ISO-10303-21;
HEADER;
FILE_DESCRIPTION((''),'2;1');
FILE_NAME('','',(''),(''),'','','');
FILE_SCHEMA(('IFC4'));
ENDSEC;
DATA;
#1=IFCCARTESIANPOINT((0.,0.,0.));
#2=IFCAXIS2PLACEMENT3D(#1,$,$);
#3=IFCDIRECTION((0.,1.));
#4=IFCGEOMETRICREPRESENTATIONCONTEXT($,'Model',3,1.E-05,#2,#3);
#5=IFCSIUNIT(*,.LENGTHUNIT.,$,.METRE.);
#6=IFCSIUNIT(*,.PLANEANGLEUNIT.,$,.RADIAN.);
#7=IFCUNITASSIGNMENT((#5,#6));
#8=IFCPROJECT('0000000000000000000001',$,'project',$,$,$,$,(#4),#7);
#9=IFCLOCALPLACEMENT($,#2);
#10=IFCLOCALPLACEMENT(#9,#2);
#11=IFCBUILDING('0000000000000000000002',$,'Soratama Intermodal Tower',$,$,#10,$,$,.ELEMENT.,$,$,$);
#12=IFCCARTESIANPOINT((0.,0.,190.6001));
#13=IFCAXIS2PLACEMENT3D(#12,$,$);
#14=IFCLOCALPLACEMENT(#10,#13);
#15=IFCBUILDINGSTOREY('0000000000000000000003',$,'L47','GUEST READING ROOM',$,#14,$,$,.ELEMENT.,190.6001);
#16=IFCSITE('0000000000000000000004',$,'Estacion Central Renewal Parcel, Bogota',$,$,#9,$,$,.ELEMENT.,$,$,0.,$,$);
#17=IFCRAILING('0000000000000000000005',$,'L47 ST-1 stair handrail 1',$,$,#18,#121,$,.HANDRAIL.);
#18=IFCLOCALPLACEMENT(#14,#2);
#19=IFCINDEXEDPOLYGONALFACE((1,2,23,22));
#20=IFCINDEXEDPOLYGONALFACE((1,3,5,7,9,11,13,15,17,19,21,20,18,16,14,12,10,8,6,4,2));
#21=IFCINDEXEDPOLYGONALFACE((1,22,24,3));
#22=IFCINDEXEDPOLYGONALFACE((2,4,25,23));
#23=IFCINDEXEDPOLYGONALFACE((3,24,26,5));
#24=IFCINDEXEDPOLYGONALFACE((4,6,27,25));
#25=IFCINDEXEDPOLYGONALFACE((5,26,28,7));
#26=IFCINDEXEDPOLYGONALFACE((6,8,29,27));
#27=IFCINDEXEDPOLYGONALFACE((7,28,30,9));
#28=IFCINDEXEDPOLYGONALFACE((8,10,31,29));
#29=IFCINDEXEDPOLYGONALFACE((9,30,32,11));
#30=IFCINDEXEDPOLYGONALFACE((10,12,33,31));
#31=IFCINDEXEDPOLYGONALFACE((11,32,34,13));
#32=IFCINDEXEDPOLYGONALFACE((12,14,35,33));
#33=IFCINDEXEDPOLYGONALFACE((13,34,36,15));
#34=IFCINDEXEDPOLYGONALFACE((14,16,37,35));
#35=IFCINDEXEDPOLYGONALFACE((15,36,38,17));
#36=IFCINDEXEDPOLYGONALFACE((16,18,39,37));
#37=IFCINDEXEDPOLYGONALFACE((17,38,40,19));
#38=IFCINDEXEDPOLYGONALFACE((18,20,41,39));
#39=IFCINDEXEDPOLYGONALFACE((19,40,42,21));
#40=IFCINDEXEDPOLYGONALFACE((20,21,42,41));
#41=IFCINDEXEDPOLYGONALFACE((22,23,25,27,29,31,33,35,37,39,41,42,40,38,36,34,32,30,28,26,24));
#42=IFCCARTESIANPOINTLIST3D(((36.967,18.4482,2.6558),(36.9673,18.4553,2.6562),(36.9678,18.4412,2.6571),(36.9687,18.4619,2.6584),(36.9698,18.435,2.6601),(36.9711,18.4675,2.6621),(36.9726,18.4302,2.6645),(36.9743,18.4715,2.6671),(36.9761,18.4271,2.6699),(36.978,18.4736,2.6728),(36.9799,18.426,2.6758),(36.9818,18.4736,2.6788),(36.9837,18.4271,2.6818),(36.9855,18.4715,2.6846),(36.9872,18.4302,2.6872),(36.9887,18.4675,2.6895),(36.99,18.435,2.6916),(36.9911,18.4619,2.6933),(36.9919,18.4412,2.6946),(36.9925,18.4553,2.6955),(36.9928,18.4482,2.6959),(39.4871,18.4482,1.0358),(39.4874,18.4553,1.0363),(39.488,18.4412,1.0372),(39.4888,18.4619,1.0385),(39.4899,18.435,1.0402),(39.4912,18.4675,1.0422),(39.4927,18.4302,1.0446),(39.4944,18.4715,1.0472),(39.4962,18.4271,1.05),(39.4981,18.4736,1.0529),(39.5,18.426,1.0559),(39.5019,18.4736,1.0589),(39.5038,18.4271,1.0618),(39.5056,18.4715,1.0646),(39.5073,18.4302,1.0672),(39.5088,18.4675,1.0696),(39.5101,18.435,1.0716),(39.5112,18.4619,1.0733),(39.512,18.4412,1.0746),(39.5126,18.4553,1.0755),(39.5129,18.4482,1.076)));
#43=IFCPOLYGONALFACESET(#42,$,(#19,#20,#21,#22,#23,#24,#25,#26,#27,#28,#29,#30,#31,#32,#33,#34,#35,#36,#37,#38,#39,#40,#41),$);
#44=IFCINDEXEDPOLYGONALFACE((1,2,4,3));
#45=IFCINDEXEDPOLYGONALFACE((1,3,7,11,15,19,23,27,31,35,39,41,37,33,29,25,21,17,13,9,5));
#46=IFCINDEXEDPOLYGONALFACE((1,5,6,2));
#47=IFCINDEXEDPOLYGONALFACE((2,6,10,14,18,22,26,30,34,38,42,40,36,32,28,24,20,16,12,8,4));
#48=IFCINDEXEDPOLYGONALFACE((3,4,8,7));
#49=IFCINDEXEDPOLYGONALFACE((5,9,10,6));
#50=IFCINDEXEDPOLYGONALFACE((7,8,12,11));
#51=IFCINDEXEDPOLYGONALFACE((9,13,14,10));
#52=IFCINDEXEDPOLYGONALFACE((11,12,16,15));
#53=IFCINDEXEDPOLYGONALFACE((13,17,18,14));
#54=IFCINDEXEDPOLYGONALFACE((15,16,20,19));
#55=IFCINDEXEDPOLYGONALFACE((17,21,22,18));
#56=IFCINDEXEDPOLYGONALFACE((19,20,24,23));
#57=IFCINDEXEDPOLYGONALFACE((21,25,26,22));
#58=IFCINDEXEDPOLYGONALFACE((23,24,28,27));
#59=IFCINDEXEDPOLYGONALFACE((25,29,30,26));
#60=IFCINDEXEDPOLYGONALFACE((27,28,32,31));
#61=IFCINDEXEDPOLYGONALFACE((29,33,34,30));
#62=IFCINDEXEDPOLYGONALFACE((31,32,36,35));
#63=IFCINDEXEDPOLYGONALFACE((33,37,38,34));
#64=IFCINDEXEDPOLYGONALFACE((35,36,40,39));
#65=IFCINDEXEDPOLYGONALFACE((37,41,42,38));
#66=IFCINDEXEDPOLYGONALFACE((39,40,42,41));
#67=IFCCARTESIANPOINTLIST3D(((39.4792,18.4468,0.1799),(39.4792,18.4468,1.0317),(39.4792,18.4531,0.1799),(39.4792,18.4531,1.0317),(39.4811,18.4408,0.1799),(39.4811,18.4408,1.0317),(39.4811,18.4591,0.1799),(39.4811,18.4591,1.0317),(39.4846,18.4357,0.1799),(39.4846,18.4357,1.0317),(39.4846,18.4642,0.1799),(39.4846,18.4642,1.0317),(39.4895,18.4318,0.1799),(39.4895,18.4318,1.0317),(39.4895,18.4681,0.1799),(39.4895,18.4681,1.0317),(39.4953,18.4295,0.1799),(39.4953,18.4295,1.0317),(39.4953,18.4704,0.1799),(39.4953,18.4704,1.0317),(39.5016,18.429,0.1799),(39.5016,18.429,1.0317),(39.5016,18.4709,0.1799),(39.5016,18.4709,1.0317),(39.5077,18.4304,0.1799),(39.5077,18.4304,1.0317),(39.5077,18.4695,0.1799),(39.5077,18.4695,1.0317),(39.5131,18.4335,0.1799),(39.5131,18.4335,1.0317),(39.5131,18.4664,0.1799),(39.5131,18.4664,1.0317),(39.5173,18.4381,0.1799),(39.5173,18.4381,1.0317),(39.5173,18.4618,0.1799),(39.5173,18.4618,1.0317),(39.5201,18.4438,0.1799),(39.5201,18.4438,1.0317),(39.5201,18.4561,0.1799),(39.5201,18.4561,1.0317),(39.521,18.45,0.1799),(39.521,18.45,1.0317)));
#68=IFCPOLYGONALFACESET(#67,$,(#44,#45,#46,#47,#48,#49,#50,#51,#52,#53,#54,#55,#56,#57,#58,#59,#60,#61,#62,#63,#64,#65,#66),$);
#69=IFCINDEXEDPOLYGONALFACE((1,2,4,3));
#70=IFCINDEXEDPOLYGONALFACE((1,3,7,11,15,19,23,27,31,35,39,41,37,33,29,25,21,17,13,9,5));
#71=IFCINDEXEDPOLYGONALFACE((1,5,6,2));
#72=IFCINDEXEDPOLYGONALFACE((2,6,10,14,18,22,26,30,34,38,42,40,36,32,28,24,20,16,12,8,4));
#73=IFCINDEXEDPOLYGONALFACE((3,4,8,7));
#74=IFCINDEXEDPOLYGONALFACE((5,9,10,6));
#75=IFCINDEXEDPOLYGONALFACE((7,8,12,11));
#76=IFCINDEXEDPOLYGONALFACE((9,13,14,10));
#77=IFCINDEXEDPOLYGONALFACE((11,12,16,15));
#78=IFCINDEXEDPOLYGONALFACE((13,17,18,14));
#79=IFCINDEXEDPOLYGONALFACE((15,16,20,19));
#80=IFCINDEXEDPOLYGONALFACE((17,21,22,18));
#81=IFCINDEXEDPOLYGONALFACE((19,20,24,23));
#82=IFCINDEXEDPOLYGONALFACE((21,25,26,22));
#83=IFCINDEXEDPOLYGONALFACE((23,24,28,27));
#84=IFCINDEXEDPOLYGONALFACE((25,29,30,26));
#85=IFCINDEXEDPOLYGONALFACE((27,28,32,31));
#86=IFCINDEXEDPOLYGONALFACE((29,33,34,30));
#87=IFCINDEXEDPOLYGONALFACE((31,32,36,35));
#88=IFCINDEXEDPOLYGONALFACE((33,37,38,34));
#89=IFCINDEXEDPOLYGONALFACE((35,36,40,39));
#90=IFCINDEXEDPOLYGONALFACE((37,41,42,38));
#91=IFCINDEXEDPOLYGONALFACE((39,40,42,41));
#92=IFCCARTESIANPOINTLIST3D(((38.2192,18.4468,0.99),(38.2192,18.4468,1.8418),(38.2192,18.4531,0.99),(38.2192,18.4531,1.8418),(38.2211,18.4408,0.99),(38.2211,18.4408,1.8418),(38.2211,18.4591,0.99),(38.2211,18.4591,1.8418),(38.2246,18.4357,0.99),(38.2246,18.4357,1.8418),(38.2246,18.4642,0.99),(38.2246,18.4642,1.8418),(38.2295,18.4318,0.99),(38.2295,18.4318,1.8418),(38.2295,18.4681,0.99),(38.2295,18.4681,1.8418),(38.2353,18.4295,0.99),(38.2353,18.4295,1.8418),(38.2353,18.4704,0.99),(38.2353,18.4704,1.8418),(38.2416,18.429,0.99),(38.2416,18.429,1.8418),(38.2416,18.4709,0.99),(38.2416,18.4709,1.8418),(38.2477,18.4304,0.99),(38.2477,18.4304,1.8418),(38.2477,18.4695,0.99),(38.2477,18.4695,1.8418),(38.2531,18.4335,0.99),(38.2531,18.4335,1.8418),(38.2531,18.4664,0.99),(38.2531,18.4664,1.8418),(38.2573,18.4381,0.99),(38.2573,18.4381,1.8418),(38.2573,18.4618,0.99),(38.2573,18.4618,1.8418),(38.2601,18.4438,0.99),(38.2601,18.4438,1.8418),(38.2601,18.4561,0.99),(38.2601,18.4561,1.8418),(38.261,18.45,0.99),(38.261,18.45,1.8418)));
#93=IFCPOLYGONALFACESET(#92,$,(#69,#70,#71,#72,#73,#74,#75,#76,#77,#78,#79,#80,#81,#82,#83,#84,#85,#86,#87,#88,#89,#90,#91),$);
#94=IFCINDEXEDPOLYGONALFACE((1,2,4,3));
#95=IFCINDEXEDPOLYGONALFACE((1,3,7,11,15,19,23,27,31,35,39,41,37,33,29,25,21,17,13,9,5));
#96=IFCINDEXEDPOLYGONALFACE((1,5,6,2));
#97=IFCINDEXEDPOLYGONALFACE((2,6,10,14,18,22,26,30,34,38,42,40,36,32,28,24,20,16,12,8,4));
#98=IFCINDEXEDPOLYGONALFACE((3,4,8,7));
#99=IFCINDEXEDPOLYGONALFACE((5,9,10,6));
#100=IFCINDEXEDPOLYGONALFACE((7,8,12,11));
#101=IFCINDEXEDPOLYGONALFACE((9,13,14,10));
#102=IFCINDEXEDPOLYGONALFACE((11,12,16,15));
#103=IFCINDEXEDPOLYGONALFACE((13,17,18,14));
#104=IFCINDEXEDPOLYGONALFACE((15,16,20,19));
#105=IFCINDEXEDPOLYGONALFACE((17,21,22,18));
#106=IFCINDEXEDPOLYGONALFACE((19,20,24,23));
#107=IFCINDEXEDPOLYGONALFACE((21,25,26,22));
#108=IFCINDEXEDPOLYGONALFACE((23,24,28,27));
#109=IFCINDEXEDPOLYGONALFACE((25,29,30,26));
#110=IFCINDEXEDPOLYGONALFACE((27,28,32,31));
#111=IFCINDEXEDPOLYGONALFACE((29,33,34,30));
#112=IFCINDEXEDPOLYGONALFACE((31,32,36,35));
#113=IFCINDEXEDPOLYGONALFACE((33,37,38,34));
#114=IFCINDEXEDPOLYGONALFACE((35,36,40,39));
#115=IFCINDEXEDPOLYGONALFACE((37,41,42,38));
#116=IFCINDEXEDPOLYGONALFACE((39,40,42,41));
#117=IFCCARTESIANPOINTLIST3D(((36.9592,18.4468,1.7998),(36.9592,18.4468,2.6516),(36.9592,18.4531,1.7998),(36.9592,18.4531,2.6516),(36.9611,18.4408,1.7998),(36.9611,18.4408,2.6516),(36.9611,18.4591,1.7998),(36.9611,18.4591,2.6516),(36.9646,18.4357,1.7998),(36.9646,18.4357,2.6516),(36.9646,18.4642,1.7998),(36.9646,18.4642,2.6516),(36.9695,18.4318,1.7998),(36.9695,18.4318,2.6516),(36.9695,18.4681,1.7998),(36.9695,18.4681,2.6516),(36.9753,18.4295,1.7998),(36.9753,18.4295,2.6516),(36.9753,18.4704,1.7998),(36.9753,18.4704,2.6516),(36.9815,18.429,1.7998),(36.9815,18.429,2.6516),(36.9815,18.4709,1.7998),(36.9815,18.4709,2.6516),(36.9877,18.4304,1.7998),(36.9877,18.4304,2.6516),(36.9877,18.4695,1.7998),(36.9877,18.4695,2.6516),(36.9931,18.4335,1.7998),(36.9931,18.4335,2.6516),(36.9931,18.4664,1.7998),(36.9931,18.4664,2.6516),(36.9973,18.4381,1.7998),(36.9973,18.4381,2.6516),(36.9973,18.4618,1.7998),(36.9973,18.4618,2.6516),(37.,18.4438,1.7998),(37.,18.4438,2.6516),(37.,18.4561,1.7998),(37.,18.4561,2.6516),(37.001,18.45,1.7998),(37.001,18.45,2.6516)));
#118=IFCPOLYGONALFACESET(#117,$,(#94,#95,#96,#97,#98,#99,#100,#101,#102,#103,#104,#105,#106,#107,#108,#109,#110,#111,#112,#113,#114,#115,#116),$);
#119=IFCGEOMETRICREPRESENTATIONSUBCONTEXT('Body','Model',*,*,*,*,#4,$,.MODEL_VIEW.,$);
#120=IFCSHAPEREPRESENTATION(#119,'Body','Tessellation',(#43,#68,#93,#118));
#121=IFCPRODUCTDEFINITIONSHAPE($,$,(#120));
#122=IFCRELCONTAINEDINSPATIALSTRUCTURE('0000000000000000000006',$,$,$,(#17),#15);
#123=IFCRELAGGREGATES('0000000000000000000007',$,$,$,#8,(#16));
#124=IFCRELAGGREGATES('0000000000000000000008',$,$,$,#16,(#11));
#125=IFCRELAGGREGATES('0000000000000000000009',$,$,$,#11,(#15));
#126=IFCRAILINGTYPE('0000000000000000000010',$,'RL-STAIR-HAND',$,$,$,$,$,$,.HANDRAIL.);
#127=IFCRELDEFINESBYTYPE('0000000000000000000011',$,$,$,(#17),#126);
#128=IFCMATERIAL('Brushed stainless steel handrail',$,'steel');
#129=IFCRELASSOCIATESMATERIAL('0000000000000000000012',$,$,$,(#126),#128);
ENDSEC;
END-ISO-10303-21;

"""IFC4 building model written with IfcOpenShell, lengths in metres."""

from ifc_helpers import new_model, si_unit, direction, frame, origin, origin_2d, place, context, subcontext, project, spatial, circle, extrude, material, type_object, element, save


model = new_model("IFC4")

# Units and contexts
model_context = context("Model", 3, precision=1e-05, world=origin(), true_north=direction((0.0, 1.0)))
body_context = subcontext(model_context, "Body", "Model", "MODEL_VIEW")
ifc_project = project(units=[si_unit("LENGTHUNIT", "METRE"), si_unit("PLANEANGLEUNIT", "RADIAN")], contexts=[model_context])

# Site, building, storey
site_placement = place(None, origin())
site = spatial("IfcSite", under=ifc_project, at=site_placement, Name="Estacion Central Renewal Parcel, Bogota", CompositionType="ELEMENT", RefElevation=0.0)
building_placement = place(site_placement, origin())
building = spatial("IfcBuilding", under=site, at=building_placement, Name="Soratama Intermodal Tower", CompositionType="ELEMENT")
storey_placement = place(building_placement, frame((0.0, 0.0, 190.6001)))
storey = spatial("IfcBuildingStorey", under=building, at=storey_placement, Name="L47", Description="GUEST READING ROOM", CompositionType="ELEMENT", Elevation=190.6001)

# Railing
ifc_material_1 = material(Name="Brushed stainless steel handrail", Category="steel")
railing_type_1 = type_object("IfcRailingType", Name="RL-STAIR-HAND", PredefinedType="HANDRAIL", material=ifc_material_1)
railing_1_placement = place(storey_placement, frame((39.5, 18.45, 0.1799)))
element("IfcRailing", 1, at=railing_1_placement, inside=storey, type_object=railing_type_1, Name="L47 ST-1 stair handrail 1", PredefinedType="HANDRAIL", context=body_context, shape_type="SweptSolid", body=[
    extrude(circle(Radius=0.0239, at=origin_2d()), frame((0.0, 0.0, 0.876), z_axis=(-0.8412, 0.0, 0.540725), x_axis=(0.0, -1.0, 0.0)), (0.0, 0.0, 1.0), 2.9958),
    extrude(circle(Radius=0.021, at=origin_2d()), origin(), (0.0, 0.0, 1.0), 0.8518),
    extrude(circle(Radius=0.021, at=origin_2d()), frame((-1.26, 0.0, 0.8101)), (0.0, 0.0, 1.0), 0.8518),
    extrude(circle(Radius=0.021, at=origin_2d()), frame((-2.52, 0.0, 1.6199)), (0.0, 0.0, 1.0), 0.8518),
])

save(model, "model.ifc")
